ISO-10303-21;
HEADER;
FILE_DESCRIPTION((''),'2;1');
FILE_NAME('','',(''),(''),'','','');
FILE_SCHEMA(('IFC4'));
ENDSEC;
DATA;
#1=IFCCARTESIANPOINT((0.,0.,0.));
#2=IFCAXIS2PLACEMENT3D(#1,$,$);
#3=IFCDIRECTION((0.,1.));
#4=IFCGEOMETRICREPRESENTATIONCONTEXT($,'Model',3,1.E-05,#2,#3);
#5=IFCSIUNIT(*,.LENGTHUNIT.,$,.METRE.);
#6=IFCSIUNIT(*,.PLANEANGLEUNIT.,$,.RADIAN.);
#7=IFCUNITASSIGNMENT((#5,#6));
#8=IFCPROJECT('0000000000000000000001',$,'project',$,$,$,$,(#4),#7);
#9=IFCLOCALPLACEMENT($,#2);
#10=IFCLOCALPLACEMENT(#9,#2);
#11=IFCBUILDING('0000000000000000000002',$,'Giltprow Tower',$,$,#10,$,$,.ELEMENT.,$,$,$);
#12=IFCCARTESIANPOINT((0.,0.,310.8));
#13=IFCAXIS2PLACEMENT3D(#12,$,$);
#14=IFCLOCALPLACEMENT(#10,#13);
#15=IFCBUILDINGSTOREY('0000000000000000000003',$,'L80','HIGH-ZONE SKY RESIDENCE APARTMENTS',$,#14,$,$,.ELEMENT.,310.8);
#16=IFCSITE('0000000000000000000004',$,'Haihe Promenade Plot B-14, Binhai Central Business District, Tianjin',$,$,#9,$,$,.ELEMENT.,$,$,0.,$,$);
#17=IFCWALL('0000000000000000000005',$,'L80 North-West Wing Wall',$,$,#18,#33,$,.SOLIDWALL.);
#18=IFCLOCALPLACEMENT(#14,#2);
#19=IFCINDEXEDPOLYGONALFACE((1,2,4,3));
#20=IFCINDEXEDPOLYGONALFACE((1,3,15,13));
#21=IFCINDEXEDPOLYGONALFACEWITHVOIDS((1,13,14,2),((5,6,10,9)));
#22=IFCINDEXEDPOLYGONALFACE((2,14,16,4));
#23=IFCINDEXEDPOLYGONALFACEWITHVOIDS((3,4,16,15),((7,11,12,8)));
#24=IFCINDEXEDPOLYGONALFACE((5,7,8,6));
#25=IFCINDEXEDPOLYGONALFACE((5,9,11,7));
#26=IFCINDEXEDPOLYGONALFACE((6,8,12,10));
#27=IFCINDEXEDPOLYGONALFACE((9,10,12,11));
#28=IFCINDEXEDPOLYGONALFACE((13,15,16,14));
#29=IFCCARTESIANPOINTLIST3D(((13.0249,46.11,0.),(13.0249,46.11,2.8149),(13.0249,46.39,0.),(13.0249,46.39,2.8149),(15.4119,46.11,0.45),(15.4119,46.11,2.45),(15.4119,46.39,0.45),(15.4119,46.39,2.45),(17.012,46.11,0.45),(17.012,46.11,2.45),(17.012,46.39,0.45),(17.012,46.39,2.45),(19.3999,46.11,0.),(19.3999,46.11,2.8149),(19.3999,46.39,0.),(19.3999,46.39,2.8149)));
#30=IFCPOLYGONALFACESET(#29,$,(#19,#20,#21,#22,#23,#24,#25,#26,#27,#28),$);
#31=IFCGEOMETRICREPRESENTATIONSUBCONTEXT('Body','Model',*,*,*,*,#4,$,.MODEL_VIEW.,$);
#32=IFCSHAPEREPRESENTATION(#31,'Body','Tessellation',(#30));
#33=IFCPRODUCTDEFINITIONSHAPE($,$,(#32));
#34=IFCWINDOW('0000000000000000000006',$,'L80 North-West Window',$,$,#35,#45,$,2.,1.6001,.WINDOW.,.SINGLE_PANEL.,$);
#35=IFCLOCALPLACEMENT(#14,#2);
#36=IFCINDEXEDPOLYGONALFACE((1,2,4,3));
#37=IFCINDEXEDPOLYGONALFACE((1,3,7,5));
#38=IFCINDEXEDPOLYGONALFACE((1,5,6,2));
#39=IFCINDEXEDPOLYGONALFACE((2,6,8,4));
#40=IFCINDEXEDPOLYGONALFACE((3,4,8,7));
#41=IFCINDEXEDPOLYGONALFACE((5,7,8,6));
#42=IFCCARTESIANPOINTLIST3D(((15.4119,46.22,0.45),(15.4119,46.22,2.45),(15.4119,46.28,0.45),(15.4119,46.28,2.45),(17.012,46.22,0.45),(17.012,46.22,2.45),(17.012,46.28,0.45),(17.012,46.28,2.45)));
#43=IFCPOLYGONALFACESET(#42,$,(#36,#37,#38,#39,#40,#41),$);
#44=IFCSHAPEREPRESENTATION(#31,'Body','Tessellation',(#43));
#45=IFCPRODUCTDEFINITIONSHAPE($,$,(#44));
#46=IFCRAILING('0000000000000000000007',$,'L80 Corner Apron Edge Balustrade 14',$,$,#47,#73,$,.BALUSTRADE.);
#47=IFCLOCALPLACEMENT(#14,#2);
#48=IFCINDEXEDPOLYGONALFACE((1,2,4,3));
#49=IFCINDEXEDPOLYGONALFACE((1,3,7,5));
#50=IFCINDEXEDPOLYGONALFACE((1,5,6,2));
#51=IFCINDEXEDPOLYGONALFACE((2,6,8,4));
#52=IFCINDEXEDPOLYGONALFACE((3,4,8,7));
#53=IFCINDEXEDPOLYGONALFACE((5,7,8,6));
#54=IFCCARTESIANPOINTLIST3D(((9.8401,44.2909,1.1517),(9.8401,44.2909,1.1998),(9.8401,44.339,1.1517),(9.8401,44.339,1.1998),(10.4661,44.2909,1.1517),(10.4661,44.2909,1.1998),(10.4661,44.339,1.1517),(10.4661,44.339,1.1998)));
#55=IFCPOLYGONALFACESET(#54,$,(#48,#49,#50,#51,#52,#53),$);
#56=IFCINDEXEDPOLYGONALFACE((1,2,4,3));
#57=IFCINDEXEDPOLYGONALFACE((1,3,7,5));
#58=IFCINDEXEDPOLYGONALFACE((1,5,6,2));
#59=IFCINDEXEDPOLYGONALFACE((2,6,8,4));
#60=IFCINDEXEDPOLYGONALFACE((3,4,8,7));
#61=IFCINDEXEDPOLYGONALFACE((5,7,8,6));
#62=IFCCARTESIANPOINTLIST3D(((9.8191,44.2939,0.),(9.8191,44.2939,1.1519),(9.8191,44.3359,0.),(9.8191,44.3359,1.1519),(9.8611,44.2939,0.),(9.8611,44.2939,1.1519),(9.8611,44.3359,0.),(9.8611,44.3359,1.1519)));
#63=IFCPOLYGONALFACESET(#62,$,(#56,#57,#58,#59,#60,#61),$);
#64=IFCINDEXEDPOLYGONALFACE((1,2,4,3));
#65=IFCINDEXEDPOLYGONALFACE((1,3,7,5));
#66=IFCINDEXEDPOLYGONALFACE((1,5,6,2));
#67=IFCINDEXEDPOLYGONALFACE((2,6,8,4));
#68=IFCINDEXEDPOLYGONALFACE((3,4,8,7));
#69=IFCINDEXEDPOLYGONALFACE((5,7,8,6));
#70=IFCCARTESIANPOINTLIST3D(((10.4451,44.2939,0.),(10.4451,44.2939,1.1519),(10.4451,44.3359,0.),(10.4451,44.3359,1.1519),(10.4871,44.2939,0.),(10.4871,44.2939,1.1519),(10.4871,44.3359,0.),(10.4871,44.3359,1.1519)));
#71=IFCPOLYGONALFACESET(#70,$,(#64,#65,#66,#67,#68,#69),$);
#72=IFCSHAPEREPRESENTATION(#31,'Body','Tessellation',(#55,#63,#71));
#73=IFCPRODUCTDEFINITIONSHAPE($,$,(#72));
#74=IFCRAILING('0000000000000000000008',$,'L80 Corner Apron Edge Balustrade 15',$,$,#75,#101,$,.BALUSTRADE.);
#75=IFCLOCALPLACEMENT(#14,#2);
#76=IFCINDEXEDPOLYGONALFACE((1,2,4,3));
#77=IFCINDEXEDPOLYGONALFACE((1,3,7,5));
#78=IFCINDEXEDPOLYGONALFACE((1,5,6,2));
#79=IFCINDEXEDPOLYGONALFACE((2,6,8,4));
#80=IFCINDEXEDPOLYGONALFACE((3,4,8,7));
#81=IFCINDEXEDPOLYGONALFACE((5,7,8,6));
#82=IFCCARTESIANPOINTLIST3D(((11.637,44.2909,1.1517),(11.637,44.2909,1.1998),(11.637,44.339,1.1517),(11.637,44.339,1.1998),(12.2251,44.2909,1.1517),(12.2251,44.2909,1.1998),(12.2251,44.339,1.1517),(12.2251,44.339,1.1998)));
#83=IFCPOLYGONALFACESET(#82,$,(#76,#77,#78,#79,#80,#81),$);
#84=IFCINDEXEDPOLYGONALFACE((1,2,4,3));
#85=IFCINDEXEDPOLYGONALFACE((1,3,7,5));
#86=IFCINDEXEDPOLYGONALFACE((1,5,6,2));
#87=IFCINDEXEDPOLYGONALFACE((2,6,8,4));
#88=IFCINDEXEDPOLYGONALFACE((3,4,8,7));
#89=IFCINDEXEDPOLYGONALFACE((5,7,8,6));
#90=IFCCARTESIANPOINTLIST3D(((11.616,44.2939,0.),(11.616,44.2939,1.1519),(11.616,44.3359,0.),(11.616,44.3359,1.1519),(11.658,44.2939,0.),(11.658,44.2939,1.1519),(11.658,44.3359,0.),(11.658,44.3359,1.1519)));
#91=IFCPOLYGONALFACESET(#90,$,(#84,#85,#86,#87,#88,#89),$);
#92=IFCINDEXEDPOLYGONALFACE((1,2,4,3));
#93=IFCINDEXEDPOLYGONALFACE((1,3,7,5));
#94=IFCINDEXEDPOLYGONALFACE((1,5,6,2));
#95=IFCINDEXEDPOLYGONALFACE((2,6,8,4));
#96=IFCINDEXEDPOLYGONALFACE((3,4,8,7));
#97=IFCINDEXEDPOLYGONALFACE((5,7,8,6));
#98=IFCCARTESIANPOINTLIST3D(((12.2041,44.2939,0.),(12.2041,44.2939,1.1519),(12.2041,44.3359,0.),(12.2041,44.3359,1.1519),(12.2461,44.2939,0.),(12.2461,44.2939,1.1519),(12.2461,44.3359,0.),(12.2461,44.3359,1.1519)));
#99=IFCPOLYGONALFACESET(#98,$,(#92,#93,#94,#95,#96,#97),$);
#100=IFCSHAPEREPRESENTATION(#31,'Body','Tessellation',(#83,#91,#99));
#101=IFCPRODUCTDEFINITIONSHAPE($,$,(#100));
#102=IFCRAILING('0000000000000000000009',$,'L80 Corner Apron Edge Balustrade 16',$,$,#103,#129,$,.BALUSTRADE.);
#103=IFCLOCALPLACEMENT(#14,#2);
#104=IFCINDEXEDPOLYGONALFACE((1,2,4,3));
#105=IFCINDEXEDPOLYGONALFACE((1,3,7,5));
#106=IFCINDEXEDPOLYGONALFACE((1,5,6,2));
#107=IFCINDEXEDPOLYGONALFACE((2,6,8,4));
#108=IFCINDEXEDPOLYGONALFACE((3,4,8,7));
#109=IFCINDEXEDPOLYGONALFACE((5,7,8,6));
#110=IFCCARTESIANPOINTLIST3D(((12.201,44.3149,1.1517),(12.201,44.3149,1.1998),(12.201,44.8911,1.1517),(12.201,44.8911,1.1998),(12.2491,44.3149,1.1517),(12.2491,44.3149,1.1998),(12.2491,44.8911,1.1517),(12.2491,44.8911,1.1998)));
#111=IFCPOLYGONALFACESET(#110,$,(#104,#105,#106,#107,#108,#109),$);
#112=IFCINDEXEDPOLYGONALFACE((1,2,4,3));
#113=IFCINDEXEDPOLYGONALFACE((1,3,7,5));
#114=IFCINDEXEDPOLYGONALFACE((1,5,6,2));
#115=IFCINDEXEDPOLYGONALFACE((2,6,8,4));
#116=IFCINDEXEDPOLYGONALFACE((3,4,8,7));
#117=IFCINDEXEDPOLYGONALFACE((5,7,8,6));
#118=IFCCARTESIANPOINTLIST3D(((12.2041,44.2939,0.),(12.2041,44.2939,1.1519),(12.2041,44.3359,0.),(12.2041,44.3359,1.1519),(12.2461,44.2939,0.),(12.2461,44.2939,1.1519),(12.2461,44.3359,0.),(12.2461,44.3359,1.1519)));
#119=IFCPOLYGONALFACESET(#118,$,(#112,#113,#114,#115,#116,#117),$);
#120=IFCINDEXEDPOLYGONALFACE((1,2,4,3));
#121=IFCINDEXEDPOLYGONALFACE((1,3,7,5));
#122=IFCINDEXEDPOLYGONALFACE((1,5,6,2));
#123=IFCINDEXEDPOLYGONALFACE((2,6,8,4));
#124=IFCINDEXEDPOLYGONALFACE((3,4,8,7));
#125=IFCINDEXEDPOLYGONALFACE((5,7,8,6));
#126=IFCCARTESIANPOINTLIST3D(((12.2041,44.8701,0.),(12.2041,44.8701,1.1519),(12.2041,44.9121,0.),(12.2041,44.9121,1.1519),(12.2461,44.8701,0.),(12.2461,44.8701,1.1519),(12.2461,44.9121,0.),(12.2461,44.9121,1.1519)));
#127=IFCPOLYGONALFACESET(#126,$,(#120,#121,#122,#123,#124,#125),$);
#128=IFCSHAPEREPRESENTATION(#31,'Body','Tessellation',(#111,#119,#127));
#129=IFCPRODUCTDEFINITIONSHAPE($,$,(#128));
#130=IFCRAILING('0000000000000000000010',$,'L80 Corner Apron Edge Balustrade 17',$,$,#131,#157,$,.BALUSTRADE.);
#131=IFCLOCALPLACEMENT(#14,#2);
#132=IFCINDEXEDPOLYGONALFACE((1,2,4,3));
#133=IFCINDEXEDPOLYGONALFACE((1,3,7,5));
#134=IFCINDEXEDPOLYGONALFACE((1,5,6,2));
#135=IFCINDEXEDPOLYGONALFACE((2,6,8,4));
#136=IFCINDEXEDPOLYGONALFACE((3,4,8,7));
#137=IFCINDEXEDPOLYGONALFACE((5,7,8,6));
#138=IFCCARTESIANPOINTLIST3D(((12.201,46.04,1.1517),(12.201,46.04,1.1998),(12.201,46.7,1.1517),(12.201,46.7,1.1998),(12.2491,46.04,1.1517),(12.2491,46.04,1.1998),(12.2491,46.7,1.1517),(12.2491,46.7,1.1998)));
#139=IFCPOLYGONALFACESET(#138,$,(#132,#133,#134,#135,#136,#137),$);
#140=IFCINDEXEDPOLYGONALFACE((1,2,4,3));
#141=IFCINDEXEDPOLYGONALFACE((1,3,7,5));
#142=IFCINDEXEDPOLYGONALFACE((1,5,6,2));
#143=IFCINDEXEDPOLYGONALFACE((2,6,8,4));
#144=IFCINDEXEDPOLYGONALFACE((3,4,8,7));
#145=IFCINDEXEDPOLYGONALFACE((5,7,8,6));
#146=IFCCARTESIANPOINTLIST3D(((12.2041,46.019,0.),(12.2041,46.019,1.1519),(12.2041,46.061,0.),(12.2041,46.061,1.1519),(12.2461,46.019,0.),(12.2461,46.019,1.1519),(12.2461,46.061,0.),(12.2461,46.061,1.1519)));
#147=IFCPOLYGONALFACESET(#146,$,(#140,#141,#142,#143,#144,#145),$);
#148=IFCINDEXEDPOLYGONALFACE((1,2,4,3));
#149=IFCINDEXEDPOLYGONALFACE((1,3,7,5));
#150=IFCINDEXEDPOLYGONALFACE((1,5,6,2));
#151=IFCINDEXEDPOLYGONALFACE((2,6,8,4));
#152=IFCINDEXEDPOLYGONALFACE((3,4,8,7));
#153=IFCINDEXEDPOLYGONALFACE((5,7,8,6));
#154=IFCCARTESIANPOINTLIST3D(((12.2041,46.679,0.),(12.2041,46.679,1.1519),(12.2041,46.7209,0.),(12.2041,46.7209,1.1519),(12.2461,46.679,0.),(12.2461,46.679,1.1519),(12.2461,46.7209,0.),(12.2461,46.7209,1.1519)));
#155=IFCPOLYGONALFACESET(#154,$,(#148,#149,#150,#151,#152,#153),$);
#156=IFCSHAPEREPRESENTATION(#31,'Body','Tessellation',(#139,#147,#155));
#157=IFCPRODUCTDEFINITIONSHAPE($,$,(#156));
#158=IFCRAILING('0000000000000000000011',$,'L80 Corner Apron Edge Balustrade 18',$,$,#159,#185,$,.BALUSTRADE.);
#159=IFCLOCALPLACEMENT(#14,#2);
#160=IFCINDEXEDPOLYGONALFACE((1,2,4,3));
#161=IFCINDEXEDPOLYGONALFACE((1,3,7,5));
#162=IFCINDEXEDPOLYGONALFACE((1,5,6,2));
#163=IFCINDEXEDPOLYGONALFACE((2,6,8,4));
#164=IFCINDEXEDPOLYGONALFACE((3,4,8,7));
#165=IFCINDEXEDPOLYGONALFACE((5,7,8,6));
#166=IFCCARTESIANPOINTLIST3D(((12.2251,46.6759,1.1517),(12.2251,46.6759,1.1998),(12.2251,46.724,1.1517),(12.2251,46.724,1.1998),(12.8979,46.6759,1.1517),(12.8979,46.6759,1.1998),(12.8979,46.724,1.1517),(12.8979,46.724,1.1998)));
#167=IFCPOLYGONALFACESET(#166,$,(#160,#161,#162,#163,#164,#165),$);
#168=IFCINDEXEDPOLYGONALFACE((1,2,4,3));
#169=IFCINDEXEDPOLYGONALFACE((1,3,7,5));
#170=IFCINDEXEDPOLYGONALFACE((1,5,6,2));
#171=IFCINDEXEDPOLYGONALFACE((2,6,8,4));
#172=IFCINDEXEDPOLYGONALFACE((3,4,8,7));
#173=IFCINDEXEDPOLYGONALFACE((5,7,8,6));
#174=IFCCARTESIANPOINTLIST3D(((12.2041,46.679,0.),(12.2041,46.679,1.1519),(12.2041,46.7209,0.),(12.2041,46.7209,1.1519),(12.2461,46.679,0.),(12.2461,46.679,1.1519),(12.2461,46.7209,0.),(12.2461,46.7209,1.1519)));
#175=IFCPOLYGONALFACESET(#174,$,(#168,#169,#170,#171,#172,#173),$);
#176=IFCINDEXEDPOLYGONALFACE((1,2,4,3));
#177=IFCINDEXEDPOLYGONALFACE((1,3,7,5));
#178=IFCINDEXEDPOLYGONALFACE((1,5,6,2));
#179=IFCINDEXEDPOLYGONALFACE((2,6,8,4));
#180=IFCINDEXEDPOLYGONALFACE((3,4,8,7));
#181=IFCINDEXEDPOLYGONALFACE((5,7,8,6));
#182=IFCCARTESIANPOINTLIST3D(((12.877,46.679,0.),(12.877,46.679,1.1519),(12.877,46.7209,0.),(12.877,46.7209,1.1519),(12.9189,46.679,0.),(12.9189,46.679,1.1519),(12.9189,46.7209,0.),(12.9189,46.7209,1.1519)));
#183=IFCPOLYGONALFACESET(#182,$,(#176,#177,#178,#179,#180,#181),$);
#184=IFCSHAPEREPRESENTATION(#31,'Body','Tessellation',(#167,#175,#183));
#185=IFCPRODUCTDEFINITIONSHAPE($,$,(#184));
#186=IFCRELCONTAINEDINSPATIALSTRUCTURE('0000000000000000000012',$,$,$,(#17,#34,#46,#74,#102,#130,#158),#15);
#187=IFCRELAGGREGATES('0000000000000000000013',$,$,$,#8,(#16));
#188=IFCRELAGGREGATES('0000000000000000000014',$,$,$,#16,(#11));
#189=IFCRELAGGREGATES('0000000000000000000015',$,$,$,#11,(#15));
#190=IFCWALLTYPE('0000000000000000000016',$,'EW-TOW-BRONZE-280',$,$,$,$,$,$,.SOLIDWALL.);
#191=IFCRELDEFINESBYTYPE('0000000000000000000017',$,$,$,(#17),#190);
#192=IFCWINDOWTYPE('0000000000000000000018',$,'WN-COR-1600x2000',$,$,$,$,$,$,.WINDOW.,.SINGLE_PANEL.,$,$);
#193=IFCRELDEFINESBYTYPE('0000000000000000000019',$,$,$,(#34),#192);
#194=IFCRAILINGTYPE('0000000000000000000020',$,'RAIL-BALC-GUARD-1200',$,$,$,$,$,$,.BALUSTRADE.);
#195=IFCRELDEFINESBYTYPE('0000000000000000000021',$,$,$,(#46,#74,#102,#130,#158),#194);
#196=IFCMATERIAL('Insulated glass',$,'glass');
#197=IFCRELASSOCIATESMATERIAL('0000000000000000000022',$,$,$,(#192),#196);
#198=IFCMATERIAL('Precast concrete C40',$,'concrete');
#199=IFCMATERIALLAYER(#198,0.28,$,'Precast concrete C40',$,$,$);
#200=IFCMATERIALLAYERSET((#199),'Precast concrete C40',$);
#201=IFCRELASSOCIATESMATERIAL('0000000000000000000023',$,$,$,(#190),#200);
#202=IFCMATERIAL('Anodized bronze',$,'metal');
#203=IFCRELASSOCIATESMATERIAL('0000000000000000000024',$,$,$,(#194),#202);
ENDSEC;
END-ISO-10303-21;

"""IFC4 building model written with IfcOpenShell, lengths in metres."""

from ifc_helpers import new_model, si_unit, direction, frame, frame_2d, origin, origin_2d, place, context, subcontext, project, spatial, rectangle, extrude, source, transform, mapped, material, layer, layer_set, type_object, element, fill, save


model = new_model("IFC4")

# Units and contexts
model_context = context("Model", 3, precision=1e-05, world=origin(), true_north=direction((0.0, 1.0)))
body_context = subcontext(model_context, "Body", "Model", "MODEL_VIEW")
ifc_project = project(units=[si_unit("LENGTHUNIT", "METRE"), si_unit("PLANEANGLEUNIT", "RADIAN")], contexts=[model_context])

# Site, building, storey
site_placement = place(None, origin())
site = spatial("IfcSite", under=ifc_project, at=site_placement, Name="Haihe Promenade Plot B-14, Binhai Central Business District, Tianjin", CompositionType="ELEMENT", RefElevation=0.0)
building_placement = place(site_placement, origin())
building = spatial("IfcBuilding", under=site, at=building_placement, Name="Giltprow Tower", CompositionType="ELEMENT")
storey_placement = place(building_placement, frame((0.0, 0.0, 310.8)))
storey = spatial("IfcBuildingStorey", under=building, at=storey_placement, Name="L80", Description="HIGH-ZONE SKY RESIDENCE APARTMENTS", CompositionType="ELEMENT", Elevation=310.8)

# Wall, opening, window
ifc_material_1 = material(Name="Precast concrete C40", Category="concrete")
ifc_material_2 = material(Name="Insulated glass", Category="glass")
window_type = type_object("IfcWindowType", Name="WN-COR-1600x2000", PartitioningType="SINGLE_PANEL", PredefinedType="WINDOW", material=ifc_material_2)
shared_shape_1 = source(origin(), body_context, "Body", "SweptSolid", [
    extrude(rectangle(XDim=1.6001, YDim=2.0, at=frame_2d((0.8, 1.0))), frame((0.0, 0.03, 0.0), z_axis=(0.0, -1.0, 0.0), x_axis=(1.0, 0.0, 0.0)), (0.0, 0.0, 1.0), 0.0601),
])
ifc_layer_1 = layer(ifc_material_1, 0.28, Name="Precast concrete C40")
ifc_layer_set_1 = layer_set([ifc_layer_1], Name="Precast concrete C40")
wall_type_1 = type_object("IfcWallType", Name="EW-TOW-BRONZE-280", PredefinedType="SOLIDWALL", material=ifc_layer_set_1)
wall_1_placement = place(storey_placement, frame((13.0249, 46.25, 0.0), z_axis=(0.0, 0.0, 1.0), x_axis=(1.0, 0.0, 0.0)))
wall_1 = element("IfcWall", 1, at=wall_1_placement, inside=storey, type_object=wall_type_1, Name="L80 North-West Wing Wall", PredefinedType="SOLIDWALL", context=body_context, shape_type="SweptSolid", body=[
    extrude(rectangle(XDim=6.375, YDim=0.28, at=frame_2d((3.1875, 0.0))), origin(), (0.0, 0.0, 1.0), 2.8149),
])
opening_1_placement = place(wall_1_placement, frame((2.387, 0.0, 0.45)))
opening_1 = element("IfcOpeningElement", 2, at=opening_1_placement, cuts=wall_1, PredefinedType="OPENING", context=body_context, shape_type="SweptSolid", body=[
    extrude(rectangle(XDim=1.6001, YDim=2.0, at=frame_2d((0.8, 1.0))), frame((0.0, 0.1499, 0.0), z_axis=(0.0, -1.0, 0.0), x_axis=(1.0, 0.0, 0.0)), (0.0, 0.0, 1.0), 0.3),
])
window_1_placement = place(opening_1_placement, origin())
window_1 = element("IfcWindow", 3, at=window_1_placement, inside=storey, type_object=window_type, Name="L80 North-West Window", OverallHeight=2.0, OverallWidth=1.6001, PartitioningType="SINGLE_PANEL", PredefinedType="WINDOW", context=body_context, shape_type="MappedRepresentation", body=[
    mapped(shared_shape_1, transform((0.0, 0.0, 0.0), x_axis=(1.0, 0.0, 0.0), y_axis=(0.0, 1.0, 0.0), z_axis=(0.0, 0.0, 1.0), scale=1.0)),
])
fill(opening_1, window_1)

# Railings
ifc_material_3 = material(Name="Anodized bronze", Category="metal")
railing_type = type_object("IfcRailingType", Name="RAIL-BALC-GUARD-1200", PredefinedType="BALUSTRADE", material=ifc_material_3)
railing_1_placement = place(storey_placement, frame((9.8401, 44.3149, 0.0)))
element("IfcRailing", 4, at=railing_1_placement, inside=storey, type_object=railing_type, Name="L80 Corner Apron Edge Balustrade 14", PredefinedType="BALUSTRADE", context=body_context, shape_type="SweptSolid", body=[
    extrude(rectangle(XDim=0.0481, YDim=0.0481, at=origin_2d()), frame((0.0, 0.0, 1.1758), z_axis=(1.0, 0.0, 0.0), x_axis=(0.0, 1.0, 0.0)), (0.0, 0.0, 1.0), 0.626),
    extrude(rectangle(XDim=0.042, YDim=0.042, at=origin_2d()), origin(), (0.0, 0.0, 1.0), 1.1519),
    extrude(rectangle(XDim=0.042, YDim=0.042, at=origin_2d()), frame((0.626, 0.0, 0.0)), (0.0, 0.0, 1.0), 1.1519),
])
railing_2_placement = place(storey_placement, frame((11.637, 44.3149, 0.0)))
element("IfcRailing", 5, at=railing_2_placement, inside=storey, type_object=railing_type, Name="L80 Corner Apron Edge Balustrade 15", PredefinedType="BALUSTRADE", context=body_context, shape_type="SweptSolid", body=[
    extrude(rectangle(XDim=0.0481, YDim=0.0481, at=origin_2d()), frame((0.0, 0.0, 1.1758), z_axis=(1.0, 0.0, 0.0), x_axis=(0.0, 1.0, 0.0)), (0.0, 0.0, 1.0), 0.5881),
    extrude(rectangle(XDim=0.042, YDim=0.042, at=origin_2d()), origin(), (0.0, 0.0, 1.0), 1.1519),
    extrude(rectangle(XDim=0.042, YDim=0.042, at=origin_2d()), frame((0.5881, 0.0, 0.0)), (0.0, 0.0, 1.0), 1.1519),
])
railing_3_placement = place(storey_placement, frame((12.2251, 44.3149, 0.0)))
element("IfcRailing", 6, at=railing_3_placement, inside=storey, type_object=railing_type, Name="L80 Corner Apron Edge Balustrade 16", PredefinedType="BALUSTRADE", context=body_context, shape_type="SweptSolid", body=[
    extrude(rectangle(XDim=0.0481, YDim=0.0481, at=origin_2d()), frame((0.0, 0.0, 1.1758), z_axis=(0.0, 1.0, 0.0), x_axis=(-1.0, 0.0, 0.0)), (0.0, 0.0, 1.0), 0.5762),
    extrude(rectangle(XDim=0.042, YDim=0.042, at=origin_2d()), origin(), (0.0, 0.0, 1.0), 1.1519),
    extrude(rectangle(XDim=0.042, YDim=0.042, at=origin_2d()), frame((0.0, 0.5762, 0.0)), (0.0, 0.0, 1.0), 1.1519),
])
railing_4_placement = place(storey_placement, frame((12.2251, 46.04, 0.0)))
element("IfcRailing", 7, at=railing_4_placement, inside=storey, type_object=railing_type, Name="L80 Corner Apron Edge Balustrade 17", PredefinedType="BALUSTRADE", context=body_context, shape_type="SweptSolid", body=[
    extrude(rectangle(XDim=0.0481, YDim=0.0481, at=origin_2d()), frame((0.0, 0.0, 1.1758), z_axis=(0.0, 1.0, 0.0), x_axis=(-1.0, 0.0, 0.0)), (0.0, 0.0, 1.0), 0.6599),
    extrude(rectangle(XDim=0.042, YDim=0.042, at=origin_2d()), origin(), (0.0, 0.0, 1.0), 1.1519),
    extrude(rectangle(XDim=0.042, YDim=0.042, at=origin_2d()), frame((0.0, 0.6599, 0.0)), (0.0, 0.0, 1.0), 1.1519),
])
railing_5_placement = place(storey_placement, frame((12.2251, 46.7, 0.0)))
element("IfcRailing", 8, at=railing_5_placement, inside=storey, type_object=railing_type, Name="L80 Corner Apron Edge Balustrade 18", PredefinedType="BALUSTRADE", context=body_context, shape_type="SweptSolid", body=[
    extrude(rectangle(XDim=0.0481, YDim=0.0481, at=origin_2d()), frame((0.0, 0.0, 1.1758), z_axis=(1.0, 0.0, 0.0), x_axis=(0.0, 1.0, 0.0)), (0.0, 0.0, 1.0), 0.6729),
    extrude(rectangle(XDim=0.042, YDim=0.042, at=origin_2d()), origin(), (0.0, 0.0, 1.0), 1.1519),
    extrude(rectangle(XDim=0.042, YDim=0.042, at=origin_2d()), frame((0.6729, 0.0, 0.0)), (0.0, 0.0, 1.0), 1.1519),
])

save(model, "model.ifc")
